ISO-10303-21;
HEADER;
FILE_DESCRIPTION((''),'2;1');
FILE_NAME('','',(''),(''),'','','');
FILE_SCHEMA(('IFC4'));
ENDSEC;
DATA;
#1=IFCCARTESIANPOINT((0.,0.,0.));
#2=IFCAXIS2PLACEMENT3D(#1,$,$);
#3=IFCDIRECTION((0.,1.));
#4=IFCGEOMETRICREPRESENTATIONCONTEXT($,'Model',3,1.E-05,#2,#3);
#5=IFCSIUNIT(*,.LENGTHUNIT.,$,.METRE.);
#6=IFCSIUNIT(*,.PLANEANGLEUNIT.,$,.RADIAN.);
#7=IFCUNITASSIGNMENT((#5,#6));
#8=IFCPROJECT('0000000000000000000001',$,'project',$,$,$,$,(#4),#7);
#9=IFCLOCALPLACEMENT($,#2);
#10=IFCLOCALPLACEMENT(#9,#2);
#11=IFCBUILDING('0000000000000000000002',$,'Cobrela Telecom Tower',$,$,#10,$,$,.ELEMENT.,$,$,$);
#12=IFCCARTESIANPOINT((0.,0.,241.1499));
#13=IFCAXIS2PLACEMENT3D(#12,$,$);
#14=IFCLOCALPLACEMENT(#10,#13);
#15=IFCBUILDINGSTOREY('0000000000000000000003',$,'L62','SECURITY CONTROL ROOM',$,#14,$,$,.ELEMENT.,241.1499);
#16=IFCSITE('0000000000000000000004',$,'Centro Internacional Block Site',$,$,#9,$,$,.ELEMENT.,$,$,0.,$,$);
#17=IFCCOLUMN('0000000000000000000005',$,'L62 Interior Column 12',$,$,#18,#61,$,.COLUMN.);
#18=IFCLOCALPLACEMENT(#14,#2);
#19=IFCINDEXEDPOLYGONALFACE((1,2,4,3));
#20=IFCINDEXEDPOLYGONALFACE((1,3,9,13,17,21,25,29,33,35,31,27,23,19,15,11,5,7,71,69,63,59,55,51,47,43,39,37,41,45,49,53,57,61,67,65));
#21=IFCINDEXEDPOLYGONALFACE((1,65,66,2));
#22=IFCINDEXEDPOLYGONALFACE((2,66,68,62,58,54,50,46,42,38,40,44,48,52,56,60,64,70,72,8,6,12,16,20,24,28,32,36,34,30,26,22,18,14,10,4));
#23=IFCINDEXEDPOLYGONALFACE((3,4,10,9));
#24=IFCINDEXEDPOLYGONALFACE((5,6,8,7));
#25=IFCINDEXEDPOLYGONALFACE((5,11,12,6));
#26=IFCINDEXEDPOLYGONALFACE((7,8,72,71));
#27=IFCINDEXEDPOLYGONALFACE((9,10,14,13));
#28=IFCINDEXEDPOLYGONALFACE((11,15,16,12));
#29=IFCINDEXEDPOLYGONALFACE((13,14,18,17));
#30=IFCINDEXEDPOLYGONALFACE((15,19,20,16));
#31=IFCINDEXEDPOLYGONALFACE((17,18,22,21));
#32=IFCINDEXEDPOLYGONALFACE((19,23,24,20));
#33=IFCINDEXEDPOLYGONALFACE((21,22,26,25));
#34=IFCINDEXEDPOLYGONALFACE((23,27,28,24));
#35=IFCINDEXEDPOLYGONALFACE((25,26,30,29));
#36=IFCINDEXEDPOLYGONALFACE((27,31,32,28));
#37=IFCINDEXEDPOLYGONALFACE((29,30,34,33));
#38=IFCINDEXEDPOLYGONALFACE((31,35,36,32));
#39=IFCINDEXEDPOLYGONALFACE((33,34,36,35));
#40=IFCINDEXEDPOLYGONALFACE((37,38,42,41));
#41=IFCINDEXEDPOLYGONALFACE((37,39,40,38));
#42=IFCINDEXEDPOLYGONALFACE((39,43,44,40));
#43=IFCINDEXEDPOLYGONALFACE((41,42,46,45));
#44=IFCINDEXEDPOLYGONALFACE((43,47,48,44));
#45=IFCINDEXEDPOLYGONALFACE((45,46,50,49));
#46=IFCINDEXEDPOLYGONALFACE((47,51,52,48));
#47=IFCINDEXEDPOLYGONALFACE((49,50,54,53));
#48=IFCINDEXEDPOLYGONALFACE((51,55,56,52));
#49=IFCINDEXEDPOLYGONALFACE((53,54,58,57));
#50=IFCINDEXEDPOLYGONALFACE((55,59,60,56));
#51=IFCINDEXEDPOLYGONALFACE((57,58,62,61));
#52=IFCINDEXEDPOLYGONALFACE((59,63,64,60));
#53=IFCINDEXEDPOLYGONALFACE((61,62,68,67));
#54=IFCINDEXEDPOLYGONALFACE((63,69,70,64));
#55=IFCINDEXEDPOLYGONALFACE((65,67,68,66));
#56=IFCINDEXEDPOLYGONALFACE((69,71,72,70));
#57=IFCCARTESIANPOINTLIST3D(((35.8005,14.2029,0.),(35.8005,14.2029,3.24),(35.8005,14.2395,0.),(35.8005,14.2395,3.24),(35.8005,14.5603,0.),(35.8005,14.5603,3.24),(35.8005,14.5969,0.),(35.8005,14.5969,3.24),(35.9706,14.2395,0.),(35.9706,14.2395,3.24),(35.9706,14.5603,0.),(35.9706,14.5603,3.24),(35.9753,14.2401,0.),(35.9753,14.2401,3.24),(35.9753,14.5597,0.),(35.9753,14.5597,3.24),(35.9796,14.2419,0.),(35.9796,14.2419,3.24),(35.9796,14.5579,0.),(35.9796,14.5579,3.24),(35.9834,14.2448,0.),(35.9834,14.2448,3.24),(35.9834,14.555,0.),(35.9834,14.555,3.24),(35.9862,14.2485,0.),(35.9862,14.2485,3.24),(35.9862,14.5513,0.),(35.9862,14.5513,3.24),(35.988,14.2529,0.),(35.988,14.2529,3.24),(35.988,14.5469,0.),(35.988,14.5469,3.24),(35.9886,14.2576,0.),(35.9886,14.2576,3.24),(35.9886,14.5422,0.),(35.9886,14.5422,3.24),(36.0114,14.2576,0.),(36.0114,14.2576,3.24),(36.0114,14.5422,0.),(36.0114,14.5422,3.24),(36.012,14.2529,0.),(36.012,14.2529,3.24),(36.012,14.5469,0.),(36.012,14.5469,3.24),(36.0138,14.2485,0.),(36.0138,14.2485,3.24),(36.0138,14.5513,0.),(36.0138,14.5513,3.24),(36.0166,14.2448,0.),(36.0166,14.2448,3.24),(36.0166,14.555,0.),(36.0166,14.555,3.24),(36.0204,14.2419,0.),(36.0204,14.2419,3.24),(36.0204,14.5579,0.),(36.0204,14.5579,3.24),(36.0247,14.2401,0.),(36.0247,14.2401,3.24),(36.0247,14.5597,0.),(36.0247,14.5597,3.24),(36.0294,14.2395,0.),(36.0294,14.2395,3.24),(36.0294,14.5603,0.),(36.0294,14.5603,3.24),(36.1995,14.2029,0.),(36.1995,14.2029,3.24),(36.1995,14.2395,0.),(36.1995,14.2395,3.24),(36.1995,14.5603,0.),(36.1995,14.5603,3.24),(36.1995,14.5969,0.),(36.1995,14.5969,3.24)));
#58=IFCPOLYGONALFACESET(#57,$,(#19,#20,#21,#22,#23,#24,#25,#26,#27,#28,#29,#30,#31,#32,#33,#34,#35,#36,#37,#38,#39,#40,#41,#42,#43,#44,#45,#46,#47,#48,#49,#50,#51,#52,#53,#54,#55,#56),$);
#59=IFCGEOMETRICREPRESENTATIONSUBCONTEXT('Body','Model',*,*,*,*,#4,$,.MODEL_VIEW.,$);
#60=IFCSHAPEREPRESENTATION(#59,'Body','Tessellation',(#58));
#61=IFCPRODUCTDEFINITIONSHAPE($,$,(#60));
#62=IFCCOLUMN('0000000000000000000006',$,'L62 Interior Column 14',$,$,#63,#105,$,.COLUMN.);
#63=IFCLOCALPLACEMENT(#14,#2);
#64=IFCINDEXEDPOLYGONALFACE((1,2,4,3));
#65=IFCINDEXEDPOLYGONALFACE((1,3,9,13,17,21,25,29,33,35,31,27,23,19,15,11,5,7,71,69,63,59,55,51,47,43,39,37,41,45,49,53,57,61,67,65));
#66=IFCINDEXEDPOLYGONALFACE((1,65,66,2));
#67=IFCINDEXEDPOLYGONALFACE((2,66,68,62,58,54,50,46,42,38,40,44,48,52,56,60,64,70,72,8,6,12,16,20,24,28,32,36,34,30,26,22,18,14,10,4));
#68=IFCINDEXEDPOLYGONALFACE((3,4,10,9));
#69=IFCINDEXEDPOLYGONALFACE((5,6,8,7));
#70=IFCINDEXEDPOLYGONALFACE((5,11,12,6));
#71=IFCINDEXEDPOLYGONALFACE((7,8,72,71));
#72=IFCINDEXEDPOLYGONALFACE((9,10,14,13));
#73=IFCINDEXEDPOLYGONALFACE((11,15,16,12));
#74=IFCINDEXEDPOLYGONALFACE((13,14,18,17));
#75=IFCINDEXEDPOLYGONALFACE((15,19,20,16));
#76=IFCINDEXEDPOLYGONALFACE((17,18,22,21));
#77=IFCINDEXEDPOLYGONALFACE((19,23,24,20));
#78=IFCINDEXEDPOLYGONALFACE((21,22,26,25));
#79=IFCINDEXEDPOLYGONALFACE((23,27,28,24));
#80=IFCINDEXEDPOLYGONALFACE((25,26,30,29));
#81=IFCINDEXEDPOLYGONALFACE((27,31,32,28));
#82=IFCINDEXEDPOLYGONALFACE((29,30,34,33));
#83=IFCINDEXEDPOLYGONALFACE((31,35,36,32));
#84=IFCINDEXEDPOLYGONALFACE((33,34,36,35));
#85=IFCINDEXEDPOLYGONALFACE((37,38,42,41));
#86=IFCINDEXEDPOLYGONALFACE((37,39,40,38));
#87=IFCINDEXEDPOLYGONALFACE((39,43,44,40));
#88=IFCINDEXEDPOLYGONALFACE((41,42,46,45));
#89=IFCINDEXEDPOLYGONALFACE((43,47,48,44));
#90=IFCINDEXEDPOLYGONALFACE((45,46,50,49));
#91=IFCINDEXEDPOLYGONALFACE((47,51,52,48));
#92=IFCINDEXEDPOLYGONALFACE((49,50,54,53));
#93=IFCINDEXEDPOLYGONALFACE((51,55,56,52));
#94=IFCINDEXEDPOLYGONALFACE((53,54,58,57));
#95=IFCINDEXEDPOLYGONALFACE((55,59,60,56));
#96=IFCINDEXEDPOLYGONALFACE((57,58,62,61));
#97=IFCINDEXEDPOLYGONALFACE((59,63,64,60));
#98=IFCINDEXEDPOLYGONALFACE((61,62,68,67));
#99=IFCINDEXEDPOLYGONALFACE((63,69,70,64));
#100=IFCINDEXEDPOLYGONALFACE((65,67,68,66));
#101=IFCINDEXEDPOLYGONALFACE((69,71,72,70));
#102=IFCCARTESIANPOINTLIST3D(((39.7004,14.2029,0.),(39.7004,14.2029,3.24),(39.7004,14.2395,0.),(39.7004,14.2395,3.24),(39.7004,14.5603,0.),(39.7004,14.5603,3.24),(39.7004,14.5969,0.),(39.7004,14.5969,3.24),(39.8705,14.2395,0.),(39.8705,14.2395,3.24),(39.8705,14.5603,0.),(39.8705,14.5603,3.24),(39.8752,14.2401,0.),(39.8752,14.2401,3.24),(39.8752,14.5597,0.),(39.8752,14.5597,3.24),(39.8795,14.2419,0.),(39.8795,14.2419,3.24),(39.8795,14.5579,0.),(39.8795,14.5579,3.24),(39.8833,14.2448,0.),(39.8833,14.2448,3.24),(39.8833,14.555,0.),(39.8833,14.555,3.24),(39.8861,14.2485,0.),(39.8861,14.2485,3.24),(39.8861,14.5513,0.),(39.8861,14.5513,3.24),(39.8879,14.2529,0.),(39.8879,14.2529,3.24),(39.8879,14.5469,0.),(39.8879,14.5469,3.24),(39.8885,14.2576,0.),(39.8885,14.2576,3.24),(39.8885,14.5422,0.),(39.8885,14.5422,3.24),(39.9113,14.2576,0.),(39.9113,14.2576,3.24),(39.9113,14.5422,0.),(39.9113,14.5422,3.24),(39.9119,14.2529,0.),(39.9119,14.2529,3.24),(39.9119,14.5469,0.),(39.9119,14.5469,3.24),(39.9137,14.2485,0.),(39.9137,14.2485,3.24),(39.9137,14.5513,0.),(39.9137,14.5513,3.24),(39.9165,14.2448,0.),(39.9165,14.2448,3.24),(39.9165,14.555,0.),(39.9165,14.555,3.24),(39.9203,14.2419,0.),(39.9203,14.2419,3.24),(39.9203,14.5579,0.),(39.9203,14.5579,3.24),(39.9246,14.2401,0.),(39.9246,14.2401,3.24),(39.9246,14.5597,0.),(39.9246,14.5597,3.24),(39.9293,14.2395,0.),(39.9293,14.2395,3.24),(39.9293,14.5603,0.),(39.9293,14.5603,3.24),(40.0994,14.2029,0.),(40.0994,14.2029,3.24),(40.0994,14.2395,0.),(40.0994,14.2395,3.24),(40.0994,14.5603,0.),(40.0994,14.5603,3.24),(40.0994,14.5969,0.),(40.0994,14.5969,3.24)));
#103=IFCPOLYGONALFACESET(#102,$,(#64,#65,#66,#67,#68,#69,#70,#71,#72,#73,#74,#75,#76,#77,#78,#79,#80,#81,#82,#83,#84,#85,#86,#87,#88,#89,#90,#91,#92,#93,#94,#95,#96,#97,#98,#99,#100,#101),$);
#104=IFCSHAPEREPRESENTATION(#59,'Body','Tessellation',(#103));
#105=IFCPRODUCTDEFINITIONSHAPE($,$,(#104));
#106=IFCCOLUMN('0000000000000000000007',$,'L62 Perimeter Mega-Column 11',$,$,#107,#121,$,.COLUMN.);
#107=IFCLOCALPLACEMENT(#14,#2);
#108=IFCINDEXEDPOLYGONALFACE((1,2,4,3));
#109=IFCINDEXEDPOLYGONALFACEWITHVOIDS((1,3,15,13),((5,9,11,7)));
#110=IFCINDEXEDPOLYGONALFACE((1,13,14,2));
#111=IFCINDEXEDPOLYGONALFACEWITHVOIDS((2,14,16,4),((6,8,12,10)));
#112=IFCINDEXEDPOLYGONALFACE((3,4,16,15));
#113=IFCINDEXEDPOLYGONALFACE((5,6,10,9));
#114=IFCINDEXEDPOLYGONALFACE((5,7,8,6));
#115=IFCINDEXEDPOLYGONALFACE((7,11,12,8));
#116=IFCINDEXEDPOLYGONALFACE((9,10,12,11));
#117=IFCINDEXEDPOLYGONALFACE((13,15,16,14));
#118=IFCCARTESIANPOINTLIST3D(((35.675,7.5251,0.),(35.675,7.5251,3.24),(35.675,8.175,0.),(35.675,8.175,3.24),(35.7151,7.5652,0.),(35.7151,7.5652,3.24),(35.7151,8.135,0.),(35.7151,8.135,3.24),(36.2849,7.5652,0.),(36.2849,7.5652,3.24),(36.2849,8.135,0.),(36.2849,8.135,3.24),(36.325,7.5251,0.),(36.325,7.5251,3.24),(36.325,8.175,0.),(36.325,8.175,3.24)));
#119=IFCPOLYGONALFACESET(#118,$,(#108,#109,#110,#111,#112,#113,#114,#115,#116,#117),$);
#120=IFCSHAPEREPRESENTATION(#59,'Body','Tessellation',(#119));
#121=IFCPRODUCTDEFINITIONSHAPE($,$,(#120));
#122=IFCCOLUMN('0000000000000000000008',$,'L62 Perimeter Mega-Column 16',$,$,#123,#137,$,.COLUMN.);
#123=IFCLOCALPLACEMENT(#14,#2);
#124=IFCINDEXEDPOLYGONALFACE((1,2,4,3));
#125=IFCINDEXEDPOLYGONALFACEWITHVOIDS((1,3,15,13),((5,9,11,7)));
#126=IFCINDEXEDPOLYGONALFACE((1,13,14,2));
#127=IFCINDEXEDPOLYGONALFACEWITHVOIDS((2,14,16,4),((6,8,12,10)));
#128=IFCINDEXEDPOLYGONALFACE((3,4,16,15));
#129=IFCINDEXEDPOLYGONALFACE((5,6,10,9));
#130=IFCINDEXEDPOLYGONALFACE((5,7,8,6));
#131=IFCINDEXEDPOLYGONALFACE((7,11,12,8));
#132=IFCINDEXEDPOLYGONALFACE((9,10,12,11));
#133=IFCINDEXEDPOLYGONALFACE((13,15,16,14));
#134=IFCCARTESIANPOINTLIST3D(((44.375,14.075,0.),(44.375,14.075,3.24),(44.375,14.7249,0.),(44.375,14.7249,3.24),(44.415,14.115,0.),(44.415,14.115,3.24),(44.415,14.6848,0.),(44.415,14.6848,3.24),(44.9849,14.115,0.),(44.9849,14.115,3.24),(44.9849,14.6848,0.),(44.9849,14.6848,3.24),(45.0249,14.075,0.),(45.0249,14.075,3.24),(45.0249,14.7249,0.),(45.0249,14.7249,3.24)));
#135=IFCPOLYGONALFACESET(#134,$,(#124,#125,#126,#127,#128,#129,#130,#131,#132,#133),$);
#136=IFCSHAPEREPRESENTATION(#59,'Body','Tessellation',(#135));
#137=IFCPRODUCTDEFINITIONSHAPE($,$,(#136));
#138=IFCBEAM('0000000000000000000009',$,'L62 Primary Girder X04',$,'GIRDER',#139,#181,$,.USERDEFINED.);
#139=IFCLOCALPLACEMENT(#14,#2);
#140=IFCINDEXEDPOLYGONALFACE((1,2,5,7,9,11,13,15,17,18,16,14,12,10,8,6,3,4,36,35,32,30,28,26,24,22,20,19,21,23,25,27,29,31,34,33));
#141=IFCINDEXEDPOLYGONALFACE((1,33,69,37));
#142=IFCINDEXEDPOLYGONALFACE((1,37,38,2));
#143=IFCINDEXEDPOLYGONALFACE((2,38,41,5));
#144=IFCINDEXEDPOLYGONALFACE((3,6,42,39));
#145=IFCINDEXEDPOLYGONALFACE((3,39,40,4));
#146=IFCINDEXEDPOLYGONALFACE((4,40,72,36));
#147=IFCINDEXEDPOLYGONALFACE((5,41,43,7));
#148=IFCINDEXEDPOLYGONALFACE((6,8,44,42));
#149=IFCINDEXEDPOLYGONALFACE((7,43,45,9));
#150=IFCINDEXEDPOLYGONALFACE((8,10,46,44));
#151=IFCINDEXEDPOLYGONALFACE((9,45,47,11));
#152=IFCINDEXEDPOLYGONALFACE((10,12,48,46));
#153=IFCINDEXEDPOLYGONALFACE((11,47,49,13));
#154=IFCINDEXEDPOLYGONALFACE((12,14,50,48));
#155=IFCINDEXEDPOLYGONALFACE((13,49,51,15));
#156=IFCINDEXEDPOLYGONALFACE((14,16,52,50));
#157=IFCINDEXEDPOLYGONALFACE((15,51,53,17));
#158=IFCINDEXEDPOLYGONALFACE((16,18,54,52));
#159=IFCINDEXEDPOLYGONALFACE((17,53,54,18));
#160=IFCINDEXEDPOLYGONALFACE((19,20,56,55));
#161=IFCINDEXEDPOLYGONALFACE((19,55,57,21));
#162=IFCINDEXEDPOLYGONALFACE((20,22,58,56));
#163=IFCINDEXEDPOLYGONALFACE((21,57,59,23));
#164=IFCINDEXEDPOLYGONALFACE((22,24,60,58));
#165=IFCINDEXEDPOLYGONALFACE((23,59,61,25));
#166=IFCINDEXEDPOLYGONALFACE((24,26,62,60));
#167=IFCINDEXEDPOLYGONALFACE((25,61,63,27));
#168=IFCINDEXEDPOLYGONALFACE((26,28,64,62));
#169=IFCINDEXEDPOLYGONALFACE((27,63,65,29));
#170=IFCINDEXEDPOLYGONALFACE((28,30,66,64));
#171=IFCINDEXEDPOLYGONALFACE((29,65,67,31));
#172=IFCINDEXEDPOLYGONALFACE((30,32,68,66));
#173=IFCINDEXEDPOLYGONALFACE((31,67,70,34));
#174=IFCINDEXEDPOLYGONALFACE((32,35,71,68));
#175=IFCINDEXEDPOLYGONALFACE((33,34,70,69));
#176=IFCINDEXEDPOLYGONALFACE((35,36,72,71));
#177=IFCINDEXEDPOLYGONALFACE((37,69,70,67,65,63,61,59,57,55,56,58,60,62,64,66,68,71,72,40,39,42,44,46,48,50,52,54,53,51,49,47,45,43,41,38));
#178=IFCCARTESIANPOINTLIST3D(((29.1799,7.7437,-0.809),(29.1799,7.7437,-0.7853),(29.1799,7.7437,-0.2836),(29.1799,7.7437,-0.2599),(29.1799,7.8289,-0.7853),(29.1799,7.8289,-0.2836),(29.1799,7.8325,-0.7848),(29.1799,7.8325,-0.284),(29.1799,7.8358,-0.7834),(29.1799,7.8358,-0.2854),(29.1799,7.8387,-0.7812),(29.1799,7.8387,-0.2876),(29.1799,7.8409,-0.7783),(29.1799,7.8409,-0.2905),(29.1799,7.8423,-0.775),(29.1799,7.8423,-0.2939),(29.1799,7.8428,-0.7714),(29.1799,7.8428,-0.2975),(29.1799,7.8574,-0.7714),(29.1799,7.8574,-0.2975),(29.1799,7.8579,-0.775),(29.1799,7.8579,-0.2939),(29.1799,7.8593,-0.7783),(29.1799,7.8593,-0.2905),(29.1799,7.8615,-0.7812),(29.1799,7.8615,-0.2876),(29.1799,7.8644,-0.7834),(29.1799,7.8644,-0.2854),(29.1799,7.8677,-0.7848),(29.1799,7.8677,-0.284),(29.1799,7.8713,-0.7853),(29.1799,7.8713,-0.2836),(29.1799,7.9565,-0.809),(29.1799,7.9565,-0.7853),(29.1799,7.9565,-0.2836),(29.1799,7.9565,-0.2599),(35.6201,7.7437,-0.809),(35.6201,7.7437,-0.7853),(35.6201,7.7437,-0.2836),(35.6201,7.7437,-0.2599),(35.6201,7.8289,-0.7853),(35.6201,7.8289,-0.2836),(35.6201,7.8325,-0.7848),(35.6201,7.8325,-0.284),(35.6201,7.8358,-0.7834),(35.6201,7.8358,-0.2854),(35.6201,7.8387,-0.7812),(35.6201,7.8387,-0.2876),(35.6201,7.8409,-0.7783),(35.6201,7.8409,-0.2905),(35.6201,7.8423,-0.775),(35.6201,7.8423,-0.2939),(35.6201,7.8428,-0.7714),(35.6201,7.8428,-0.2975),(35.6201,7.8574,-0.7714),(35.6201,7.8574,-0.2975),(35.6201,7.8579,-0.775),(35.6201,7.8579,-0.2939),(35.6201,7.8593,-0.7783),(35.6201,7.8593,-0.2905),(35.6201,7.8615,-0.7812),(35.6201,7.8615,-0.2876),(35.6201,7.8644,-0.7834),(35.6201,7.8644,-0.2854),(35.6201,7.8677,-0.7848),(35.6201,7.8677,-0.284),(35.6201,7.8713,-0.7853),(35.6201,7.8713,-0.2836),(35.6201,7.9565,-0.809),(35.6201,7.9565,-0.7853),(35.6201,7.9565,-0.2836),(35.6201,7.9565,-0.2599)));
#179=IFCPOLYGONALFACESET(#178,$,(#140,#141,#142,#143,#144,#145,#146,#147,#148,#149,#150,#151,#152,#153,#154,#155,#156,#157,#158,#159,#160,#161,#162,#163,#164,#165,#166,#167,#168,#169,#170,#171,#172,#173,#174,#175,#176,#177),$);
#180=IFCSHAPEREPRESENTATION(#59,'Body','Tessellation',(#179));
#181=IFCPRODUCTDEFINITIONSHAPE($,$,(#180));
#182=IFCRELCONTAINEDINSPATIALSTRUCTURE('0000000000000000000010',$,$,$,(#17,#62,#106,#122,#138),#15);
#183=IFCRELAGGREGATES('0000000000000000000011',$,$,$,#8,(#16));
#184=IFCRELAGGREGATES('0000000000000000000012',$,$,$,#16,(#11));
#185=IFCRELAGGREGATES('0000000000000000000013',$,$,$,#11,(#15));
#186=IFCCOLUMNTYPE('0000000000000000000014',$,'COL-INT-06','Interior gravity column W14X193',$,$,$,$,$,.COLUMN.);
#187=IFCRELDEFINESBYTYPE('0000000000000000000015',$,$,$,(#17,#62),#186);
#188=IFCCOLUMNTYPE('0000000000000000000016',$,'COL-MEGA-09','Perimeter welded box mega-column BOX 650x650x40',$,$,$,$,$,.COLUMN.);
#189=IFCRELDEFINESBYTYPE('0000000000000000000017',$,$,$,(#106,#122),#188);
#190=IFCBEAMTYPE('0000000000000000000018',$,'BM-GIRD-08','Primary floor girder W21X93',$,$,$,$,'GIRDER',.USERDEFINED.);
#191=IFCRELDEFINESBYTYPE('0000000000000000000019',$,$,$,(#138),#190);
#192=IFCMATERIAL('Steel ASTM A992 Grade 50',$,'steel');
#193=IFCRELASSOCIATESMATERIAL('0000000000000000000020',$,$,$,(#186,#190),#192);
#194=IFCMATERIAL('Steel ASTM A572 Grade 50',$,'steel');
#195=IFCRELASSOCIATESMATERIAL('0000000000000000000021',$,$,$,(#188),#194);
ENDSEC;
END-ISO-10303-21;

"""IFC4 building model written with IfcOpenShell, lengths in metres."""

from ifc_helpers import new_model, si_unit, direction, frame, origin, origin_2d, place, context, subcontext, project, spatial, hollow_rectangle, i_section, extrude, material, material_profile, profile_set, type_object, element, save


model = new_model("IFC4")

# Units and contexts
model_context = context("Model", 3, precision=1e-05, world=origin(), true_north=direction((0.0, 1.0)))
body_context = subcontext(model_context, "Body", "Model", "MODEL_VIEW")
ifc_project = project(units=[si_unit("LENGTHUNIT", "METRE"), si_unit("PLANEANGLEUNIT", "RADIAN")], contexts=[model_context])

# Site, building, storey
site_placement = place(None, origin())
site = spatial("IfcSite", under=ifc_project, at=site_placement, Name="Centro Internacional Block Site", CompositionType="ELEMENT", RefElevation=0.0)
building_placement = place(site_placement, origin())
building = spatial("IfcBuilding", under=site, at=building_placement, Name="Cobrela Telecom Tower", CompositionType="ELEMENT")
storey_placement = place(building_placement, frame((0.0, 0.0, 241.1499)))
storey = spatial("IfcBuildingStorey", under=building, at=storey_placement, Name="L62", Description="SECURITY CONTROL ROOM", CompositionType="ELEMENT", Elevation=241.1499)

# Columns
ifc_material_1 = material(Name="Steel ASTM A992 Grade 50", Category="steel")
ifc_material_profile_1 = material_profile(ifc_material_1, i_section(OverallWidth=0.3989, OverallDepth=0.394, WebThickness=0.0227, FlangeThickness=0.0366, FilletRadius=0.0181, at=origin_2d()), Name="W14X193")
ifc_profile_set_1 = profile_set([ifc_material_profile_1], Name="Steel ASTM A992 Grade 50")
column_type_1 = type_object("IfcColumnType", Name="COL-INT-06", Description="Interior gravity column W14X193", PredefinedType="COLUMN", material=ifc_profile_set_1)
for number, where, z_axis, x_axis, name in (
    (1, (36.0, 14.3999, 0.0), (0.0, 0.0, 1.0), (1.0, 0.0, 0.0), "L62 Interior Column 12"),
    (2, (39.8999, 14.3999, 0.0), (0.0, 0.0, 1.0), (1.0, 0.0, 0.0), "L62 Interior Column 14"),
):
    element("IfcColumn", number, at=place(storey_placement, frame(where, z_axis=z_axis, x_axis=x_axis)), inside=storey, type_object=column_type_1, Name=name, PredefinedType="COLUMN", context=body_context, shape_type="SweptSolid", body=[
        extrude(i_section(OverallWidth=0.3989, OverallDepth=0.394, WebThickness=0.0227, FlangeThickness=0.0366, FilletRadius=0.0181, at=origin_2d()), origin(), (0.0, 0.0, 1.0), 3.24),
    ])
ifc_material_2 = material(Name="Steel ASTM A572 Grade 50", Category="steel")
ifc_material_profile_2 = material_profile(ifc_material_2, hollow_rectangle(XDim=0.6499, YDim=0.6499, WallThickness=0.04, at=origin_2d()), Name="BOX 650x650x40")
ifc_profile_set_2 = profile_set([ifc_material_profile_2], Name="Steel ASTM A572 Grade 50")
column_type_2 = type_object("IfcColumnType", Name="COL-MEGA-09", Description="Perimeter welded box mega-column BOX 650x650x40", PredefinedType="COLUMN", material=ifc_profile_set_2)
for number, where, z_axis, x_axis, name in (
    (3, (36.0, 7.8501, 0.0), (0.0, 0.0, 1.0), (1.0, 0.0, 0.0), "L62 Perimeter Mega-Column 11"),
    (4, (44.7, 14.3999, 0.0), (0.0, 0.0, 1.0), (1.0, 0.0, 0.0), "L62 Perimeter Mega-Column 16"),
):
    element("IfcColumn", number, at=place(storey_placement, frame(where, z_axis=z_axis, x_axis=x_axis)), inside=storey, type_object=column_type_2, Name=name, PredefinedType="COLUMN", context=body_context, shape_type="SweptSolid", body=[
        extrude(hollow_rectangle(XDim=0.6499, YDim=0.6499, WallThickness=0.04, at=origin_2d()), origin(), (0.0, 0.0, 1.0), 3.24),
    ])

# Beam
ifc_material_profile_3 = material_profile(ifc_material_1, i_section(OverallWidth=0.2129, OverallDepth=0.5491, WebThickness=0.0146, FlangeThickness=0.0237, FilletRadius=0.0139, at=origin_2d()), Name="W21X93")
ifc_profile_set_3 = profile_set([ifc_material_profile_3], Name="Steel ASTM A992 Grade 50")
beam_type_1 = type_object("IfcBeamType", Name="BM-GIRD-08", Description="Primary floor girder W21X93", ElementType="GIRDER", PredefinedType="USERDEFINED", material=ifc_profile_set_3)
beam_1_placement = place(storey_placement, frame((29.1799, 7.8501, -0.5344), z_axis=(1.0, 0.0, 0.0), x_axis=(0.0, 1.0, 0.0)))
element("IfcBeam", 5, at=beam_1_placement, inside=storey, type_object=beam_type_1, Name="L62 Primary Girder X04", ObjectType="GIRDER", PredefinedType="USERDEFINED", context=body_context, shape_type="SweptSolid", body=[
    extrude(i_section(OverallWidth=0.2129, OverallDepth=0.5491, WebThickness=0.0146, FlangeThickness=0.0237, FilletRadius=0.0139, at=origin_2d()), origin(), (0.0, 0.0, 1.0), 6.4402),
])

save(model, "model.ifc")
